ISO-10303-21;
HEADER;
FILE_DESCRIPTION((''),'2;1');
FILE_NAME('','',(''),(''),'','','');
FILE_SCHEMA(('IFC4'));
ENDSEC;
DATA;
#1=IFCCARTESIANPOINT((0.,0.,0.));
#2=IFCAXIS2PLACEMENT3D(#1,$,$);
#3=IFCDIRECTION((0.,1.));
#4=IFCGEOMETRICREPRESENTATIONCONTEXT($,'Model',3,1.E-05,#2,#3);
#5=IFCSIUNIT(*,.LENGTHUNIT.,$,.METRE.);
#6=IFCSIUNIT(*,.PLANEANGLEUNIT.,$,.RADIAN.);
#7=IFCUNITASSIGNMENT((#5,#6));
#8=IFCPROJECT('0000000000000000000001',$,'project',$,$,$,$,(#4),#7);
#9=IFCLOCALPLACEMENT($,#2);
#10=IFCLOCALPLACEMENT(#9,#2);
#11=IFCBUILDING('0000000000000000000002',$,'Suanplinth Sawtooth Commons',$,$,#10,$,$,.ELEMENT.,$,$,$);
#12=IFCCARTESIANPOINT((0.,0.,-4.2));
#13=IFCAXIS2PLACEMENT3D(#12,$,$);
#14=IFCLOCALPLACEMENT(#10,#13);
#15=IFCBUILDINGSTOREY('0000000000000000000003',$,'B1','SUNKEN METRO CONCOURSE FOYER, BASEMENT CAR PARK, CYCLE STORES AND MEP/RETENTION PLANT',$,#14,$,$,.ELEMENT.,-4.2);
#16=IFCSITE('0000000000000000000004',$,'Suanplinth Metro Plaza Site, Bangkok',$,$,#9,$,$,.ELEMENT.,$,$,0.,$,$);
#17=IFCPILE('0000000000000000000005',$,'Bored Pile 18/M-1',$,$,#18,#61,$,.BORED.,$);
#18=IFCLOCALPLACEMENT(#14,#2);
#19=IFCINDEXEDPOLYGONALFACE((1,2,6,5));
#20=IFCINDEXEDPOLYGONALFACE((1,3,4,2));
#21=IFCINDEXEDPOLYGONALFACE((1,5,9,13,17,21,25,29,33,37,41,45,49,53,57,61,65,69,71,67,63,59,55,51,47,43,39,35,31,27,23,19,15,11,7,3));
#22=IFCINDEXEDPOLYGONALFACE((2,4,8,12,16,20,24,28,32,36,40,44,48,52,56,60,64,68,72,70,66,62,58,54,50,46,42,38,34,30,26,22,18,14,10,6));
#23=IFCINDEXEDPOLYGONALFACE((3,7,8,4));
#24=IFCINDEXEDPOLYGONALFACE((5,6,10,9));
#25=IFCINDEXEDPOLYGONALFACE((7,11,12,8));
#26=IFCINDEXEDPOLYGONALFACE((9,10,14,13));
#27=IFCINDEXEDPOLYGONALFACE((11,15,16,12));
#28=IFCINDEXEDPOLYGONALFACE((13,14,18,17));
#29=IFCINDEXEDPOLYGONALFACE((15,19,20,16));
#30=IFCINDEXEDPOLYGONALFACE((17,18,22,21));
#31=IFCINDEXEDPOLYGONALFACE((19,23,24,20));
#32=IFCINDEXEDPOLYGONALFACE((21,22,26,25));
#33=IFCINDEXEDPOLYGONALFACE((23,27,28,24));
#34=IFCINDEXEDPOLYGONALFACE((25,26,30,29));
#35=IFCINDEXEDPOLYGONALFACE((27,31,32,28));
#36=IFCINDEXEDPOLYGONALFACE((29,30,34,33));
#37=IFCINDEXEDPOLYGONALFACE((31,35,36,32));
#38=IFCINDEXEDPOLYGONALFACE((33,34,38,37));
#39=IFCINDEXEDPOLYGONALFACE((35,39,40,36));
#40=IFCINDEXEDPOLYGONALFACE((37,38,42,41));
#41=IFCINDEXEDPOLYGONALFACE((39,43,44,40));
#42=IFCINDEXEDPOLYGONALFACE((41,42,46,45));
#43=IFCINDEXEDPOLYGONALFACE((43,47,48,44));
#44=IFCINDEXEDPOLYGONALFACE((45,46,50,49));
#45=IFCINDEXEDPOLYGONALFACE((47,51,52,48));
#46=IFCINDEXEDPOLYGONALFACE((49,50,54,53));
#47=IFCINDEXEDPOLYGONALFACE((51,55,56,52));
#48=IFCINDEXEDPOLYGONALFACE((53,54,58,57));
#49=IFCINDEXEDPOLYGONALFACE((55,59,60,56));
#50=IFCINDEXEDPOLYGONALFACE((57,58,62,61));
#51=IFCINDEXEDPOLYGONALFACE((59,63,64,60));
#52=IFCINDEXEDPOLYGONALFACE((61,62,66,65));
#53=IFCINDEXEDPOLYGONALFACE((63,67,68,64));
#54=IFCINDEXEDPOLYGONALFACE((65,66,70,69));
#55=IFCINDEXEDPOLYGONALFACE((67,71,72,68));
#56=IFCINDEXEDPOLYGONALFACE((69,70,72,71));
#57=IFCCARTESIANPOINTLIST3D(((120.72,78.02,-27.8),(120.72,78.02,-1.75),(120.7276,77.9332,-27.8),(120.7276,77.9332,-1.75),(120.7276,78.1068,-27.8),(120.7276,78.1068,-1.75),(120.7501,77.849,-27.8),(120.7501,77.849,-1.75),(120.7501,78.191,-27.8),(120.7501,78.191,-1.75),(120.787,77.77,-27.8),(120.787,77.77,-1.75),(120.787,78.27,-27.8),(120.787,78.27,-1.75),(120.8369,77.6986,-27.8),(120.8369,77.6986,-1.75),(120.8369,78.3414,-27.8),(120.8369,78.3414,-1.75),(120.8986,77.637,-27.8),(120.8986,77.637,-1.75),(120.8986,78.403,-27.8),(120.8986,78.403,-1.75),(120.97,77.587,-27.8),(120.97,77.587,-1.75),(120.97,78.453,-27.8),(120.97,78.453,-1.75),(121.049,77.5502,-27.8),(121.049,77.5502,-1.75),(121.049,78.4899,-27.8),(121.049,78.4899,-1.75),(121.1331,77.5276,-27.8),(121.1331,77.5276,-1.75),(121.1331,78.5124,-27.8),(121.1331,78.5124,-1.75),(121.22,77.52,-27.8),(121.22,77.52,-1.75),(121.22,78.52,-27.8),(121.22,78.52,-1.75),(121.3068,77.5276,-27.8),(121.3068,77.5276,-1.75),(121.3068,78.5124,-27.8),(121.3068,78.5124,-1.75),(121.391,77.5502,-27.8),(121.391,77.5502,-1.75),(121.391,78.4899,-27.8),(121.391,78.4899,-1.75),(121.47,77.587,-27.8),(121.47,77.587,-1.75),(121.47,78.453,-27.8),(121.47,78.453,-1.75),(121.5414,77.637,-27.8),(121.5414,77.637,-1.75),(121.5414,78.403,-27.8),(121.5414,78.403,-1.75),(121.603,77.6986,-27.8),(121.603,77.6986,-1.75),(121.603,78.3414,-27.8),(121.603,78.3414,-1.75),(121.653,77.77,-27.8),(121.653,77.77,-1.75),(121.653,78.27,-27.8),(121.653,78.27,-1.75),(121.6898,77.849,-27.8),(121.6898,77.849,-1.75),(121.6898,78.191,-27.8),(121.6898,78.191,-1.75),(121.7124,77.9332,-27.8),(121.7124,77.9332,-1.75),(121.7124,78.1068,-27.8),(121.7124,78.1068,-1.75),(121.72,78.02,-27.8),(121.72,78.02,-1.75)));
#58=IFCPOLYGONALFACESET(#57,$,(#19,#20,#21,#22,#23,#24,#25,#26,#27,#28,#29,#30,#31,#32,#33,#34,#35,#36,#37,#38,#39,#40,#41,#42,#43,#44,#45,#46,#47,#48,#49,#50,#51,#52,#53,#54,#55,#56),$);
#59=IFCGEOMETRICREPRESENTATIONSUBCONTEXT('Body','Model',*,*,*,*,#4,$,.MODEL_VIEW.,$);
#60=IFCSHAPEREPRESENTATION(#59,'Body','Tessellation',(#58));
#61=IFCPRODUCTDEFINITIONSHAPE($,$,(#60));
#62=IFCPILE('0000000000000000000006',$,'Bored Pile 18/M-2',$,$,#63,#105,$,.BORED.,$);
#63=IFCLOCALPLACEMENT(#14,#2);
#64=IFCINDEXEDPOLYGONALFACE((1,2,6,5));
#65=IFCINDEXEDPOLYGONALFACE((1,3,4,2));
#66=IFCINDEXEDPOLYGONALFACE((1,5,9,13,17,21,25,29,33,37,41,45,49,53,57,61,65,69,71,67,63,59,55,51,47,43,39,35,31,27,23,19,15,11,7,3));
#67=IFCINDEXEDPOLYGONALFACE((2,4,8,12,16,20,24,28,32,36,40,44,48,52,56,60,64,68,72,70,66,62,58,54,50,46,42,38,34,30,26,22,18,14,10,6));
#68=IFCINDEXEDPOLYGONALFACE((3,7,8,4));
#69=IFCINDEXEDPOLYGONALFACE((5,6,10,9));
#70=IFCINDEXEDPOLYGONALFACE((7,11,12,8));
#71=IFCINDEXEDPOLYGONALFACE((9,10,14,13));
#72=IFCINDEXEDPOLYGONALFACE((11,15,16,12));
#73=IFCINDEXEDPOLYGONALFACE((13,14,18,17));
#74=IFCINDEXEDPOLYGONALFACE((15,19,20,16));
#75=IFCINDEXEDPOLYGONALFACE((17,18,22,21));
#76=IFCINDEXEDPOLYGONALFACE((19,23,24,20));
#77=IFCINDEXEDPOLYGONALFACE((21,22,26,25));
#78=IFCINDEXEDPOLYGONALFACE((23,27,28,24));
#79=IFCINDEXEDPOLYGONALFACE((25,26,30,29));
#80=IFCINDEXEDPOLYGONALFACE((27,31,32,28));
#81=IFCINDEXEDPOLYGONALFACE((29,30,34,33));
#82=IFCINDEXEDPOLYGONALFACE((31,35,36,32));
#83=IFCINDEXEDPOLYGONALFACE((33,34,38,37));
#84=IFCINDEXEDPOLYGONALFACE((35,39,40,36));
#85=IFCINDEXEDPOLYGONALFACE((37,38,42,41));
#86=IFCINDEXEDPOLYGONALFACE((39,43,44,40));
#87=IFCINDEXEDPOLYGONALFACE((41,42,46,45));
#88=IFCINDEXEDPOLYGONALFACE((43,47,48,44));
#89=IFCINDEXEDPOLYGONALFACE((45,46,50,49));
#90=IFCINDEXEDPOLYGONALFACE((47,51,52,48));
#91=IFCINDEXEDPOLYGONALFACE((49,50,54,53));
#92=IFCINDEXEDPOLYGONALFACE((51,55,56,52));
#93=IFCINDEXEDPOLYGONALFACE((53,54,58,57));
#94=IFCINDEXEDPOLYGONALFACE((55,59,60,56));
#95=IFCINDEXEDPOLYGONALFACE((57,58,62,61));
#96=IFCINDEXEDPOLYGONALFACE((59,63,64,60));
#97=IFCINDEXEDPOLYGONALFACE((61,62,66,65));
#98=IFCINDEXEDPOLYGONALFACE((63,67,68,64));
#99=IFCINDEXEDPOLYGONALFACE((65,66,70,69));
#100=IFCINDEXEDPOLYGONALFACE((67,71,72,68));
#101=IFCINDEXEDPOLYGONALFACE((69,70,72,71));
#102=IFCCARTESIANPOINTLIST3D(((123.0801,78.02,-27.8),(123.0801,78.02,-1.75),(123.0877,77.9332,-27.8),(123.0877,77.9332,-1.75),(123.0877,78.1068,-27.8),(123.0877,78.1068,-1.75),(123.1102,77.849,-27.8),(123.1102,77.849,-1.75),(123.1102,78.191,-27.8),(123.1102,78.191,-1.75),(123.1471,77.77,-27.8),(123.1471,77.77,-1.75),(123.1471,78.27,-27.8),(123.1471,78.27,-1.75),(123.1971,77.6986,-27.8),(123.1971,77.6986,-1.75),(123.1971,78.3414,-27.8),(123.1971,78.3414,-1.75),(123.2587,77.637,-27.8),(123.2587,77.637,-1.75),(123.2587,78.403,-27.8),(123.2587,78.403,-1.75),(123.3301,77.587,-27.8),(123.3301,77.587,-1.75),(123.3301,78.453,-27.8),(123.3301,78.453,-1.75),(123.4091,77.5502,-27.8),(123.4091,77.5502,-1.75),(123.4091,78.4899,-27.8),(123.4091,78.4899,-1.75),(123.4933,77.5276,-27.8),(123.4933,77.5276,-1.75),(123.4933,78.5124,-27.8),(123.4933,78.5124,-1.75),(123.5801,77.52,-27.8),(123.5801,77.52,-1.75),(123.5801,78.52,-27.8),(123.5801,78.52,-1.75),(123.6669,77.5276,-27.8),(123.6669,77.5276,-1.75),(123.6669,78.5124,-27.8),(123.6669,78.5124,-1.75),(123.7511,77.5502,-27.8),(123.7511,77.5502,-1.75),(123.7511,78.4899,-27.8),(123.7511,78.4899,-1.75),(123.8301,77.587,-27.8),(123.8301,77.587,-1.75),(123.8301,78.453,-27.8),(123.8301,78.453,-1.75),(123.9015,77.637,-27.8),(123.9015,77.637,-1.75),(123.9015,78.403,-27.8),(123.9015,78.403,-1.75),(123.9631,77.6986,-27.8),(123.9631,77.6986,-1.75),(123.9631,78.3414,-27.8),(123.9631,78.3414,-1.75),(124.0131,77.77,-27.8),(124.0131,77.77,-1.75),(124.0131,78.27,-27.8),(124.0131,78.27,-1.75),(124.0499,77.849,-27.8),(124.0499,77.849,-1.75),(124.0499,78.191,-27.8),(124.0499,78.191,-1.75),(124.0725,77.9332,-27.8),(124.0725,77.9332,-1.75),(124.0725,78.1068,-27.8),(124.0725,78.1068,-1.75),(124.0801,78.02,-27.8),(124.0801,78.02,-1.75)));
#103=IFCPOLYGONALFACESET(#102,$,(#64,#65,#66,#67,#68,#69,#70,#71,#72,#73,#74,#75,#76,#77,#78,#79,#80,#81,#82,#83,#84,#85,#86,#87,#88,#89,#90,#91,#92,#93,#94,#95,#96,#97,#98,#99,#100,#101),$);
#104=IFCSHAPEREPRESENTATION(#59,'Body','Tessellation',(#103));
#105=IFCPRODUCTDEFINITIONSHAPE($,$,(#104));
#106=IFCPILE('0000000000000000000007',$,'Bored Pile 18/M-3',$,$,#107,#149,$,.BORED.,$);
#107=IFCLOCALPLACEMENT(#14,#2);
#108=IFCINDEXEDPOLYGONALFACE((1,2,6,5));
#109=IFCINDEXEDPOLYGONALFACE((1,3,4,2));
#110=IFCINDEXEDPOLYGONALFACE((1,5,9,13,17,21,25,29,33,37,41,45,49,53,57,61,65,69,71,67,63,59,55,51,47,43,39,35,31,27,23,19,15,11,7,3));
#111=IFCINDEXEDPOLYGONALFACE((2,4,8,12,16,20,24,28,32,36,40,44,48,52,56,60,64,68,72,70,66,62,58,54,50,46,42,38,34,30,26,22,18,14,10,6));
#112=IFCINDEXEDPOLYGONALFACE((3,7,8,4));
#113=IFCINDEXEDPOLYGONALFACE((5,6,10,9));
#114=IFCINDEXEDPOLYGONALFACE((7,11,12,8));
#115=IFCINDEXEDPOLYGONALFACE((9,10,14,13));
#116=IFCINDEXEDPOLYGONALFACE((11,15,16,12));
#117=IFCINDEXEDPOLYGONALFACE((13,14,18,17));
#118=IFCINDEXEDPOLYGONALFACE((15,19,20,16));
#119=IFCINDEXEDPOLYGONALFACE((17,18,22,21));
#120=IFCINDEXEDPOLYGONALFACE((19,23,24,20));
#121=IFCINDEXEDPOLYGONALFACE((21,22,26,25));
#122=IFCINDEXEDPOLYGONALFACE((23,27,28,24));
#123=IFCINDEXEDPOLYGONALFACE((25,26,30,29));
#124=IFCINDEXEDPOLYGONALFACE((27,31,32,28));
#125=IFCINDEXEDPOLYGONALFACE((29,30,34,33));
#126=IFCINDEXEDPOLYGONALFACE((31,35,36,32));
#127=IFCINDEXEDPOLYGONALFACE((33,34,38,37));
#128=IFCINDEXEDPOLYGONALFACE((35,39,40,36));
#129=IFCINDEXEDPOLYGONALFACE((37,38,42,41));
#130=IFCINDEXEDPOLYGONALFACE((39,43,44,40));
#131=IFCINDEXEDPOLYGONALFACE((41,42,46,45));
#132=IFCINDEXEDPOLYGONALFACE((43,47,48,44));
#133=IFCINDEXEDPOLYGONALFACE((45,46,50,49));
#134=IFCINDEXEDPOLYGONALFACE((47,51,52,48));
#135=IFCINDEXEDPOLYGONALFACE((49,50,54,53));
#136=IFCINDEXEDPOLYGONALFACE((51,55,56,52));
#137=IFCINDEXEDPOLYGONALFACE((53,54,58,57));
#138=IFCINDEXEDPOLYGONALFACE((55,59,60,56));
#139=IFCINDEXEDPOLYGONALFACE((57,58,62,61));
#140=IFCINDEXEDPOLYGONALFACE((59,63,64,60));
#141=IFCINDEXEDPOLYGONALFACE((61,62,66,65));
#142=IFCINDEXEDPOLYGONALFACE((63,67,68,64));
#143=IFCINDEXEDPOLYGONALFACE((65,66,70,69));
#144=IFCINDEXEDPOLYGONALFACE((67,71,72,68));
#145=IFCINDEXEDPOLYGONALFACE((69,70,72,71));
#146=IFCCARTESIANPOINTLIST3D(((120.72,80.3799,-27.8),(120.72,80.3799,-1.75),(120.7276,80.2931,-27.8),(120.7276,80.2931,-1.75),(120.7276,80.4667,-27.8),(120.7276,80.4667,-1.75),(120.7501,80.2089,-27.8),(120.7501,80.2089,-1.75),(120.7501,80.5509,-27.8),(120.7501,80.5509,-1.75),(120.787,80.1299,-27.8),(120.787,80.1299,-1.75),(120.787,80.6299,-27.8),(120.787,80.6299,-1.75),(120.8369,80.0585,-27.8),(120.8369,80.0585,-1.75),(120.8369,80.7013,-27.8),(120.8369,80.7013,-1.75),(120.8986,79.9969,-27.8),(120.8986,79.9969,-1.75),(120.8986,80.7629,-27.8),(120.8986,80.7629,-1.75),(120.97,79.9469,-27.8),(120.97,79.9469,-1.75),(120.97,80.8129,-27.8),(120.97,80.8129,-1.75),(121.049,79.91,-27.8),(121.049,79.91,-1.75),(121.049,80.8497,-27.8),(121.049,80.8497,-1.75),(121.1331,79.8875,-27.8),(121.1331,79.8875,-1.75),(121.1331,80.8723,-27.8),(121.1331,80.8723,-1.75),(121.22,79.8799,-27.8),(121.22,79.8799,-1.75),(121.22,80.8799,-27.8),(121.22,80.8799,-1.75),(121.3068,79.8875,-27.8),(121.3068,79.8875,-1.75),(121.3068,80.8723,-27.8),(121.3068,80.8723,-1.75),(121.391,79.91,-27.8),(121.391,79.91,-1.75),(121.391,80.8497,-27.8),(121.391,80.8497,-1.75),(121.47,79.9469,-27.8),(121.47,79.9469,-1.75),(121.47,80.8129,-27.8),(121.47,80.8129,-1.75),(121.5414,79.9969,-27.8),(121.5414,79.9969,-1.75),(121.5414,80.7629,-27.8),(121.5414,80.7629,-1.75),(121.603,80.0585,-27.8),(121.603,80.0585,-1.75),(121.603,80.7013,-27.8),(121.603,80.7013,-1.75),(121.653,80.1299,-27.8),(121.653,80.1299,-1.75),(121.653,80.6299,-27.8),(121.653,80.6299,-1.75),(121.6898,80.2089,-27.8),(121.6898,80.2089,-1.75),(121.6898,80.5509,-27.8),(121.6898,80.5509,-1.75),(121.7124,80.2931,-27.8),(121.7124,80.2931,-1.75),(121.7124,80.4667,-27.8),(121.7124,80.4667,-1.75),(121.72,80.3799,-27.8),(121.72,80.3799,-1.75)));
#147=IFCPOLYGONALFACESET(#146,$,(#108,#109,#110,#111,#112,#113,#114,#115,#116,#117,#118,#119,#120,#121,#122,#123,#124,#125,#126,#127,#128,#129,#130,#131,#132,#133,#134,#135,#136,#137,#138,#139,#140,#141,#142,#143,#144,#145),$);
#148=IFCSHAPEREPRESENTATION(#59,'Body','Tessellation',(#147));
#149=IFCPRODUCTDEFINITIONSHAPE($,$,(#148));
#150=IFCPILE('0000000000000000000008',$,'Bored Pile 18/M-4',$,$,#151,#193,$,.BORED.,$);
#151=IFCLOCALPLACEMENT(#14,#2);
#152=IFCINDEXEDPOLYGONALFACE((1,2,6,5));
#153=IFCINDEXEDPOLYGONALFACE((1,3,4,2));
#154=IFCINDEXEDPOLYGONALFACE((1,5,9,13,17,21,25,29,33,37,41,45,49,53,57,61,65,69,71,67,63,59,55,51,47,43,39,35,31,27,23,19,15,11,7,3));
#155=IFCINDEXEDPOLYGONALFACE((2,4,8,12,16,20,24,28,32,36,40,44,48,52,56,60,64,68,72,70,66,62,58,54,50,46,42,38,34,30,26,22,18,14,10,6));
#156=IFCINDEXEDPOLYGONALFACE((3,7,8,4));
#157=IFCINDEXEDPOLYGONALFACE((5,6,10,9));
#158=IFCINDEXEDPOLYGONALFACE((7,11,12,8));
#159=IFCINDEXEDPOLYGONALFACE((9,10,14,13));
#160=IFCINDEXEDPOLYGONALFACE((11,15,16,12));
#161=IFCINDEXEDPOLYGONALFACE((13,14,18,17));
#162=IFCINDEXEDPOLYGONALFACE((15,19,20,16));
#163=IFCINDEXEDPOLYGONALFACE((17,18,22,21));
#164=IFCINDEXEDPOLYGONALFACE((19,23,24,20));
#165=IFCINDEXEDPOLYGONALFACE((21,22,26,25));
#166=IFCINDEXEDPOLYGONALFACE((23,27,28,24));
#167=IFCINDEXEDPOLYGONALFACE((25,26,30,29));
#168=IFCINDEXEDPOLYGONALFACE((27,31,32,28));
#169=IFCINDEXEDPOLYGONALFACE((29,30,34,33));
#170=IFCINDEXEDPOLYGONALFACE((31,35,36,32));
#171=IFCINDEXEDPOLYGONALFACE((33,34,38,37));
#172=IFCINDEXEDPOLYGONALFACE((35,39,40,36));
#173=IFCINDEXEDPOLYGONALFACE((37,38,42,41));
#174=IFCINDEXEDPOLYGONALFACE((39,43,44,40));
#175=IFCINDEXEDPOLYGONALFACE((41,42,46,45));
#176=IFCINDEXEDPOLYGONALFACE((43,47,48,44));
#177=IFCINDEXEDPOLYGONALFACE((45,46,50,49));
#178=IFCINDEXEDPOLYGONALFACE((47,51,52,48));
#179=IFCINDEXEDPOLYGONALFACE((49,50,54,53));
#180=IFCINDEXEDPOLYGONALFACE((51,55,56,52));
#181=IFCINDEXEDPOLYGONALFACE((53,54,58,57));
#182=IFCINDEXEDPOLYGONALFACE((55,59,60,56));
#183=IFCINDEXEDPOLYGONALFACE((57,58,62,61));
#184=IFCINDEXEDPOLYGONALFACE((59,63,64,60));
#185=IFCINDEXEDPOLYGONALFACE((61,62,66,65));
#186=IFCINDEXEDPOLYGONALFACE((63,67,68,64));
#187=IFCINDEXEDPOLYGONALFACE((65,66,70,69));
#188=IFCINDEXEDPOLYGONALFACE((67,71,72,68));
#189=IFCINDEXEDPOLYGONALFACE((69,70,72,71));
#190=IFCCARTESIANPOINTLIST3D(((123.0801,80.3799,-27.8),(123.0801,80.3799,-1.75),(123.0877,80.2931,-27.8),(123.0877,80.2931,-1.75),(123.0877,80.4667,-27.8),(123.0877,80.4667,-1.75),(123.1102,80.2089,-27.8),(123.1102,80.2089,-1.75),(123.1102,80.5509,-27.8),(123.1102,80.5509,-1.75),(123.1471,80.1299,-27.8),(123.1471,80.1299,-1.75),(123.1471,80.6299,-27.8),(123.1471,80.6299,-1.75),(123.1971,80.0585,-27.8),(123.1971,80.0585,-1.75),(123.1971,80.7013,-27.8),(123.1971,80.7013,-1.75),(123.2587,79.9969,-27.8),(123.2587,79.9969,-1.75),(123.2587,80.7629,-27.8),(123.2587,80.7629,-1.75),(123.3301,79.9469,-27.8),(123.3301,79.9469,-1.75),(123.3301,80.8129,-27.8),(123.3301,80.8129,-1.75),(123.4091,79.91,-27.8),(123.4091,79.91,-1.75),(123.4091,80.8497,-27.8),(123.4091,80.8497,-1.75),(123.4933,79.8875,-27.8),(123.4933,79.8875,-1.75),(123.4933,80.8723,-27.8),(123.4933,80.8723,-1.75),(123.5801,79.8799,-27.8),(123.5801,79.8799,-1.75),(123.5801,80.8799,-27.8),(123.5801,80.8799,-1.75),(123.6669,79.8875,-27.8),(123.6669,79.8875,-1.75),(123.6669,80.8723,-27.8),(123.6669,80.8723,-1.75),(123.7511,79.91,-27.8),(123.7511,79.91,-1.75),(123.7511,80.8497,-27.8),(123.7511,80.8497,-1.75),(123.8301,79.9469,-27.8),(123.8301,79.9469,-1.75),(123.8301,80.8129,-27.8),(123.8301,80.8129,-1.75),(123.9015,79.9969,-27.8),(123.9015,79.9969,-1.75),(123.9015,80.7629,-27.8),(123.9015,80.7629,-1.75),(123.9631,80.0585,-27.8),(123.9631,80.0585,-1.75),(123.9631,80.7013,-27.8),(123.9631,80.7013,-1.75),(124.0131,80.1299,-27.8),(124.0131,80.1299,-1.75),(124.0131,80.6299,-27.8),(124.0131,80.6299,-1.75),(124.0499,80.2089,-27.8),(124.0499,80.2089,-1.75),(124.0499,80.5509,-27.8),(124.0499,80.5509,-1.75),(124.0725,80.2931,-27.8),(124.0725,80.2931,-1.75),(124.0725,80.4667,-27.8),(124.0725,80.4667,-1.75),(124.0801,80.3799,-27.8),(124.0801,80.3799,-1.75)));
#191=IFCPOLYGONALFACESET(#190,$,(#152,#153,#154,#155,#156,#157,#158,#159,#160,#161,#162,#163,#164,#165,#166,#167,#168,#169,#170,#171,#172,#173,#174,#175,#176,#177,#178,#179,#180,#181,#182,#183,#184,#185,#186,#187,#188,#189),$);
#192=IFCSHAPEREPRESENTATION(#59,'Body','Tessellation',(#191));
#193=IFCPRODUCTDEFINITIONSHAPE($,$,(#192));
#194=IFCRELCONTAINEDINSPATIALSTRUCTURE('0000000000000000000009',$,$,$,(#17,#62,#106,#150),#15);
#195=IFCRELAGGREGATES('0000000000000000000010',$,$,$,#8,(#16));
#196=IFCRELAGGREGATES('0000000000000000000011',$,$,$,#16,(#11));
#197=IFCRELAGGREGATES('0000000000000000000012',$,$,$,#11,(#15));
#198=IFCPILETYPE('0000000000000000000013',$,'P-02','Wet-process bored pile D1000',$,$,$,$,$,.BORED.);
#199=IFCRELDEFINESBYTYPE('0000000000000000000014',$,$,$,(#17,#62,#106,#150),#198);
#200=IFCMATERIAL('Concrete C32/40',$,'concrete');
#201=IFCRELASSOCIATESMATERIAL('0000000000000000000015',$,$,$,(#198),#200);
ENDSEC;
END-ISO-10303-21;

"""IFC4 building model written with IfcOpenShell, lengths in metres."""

from ifc_helpers import new_model, si_unit, direction, frame, origin, origin_2d, place, context, subcontext, project, spatial, circle, extrude, material, material_profile, profile_set, type_object, element, save


model = new_model("IFC4")

# Units and contexts
model_context = context("Model", 3, precision=1e-05, world=origin(), true_north=direction((0.0, 1.0)))
body_context = subcontext(model_context, "Body", "Model", "MODEL_VIEW")
ifc_project = project(units=[si_unit("LENGTHUNIT", "METRE"), si_unit("PLANEANGLEUNIT", "RADIAN")], contexts=[model_context])

# Site, building, storey
site_placement = place(None, origin())
site = spatial("IfcSite", under=ifc_project, at=site_placement, Name="Suanplinth Metro Plaza Site, Bangkok", CompositionType="ELEMENT", RefElevation=0.0)
building_placement = place(site_placement, origin())
building = spatial("IfcBuilding", under=site, at=building_placement, Name="Suanplinth Sawtooth Commons", CompositionType="ELEMENT")
storey_placement = place(building_placement, frame((0.0, 0.0, -4.2)))
storey = spatial("IfcBuildingStorey", under=building, at=storey_placement, Name="B1", Description="SUNKEN METRO CONCOURSE FOYER, BASEMENT CAR PARK, CYCLE STORES AND MEP/RETENTION PLANT", CompositionType="ELEMENT", Elevation=-4.2)

# Piles
ifc_material_1 = material(Name="Concrete C32/40", Category="concrete")
ifc_material_profile_1 = material_profile(ifc_material_1, circle(Radius=0.5, at=origin_2d()), Name="PILE D1000")
ifc_profile_set_1 = profile_set([ifc_material_profile_1], Name="Concrete C32/40")
pile_type_1 = type_object("IfcPileType", Name="P-02", Description="Wet-process bored pile D1000", PredefinedType="BORED", material=ifc_profile_set_1)
for number, where, z_axis, x_axis, name in (
    (1, (121.22, 78.02, -1.75), (0.0, 0.0, -1.0), (1.0, 0.0, 0.0), "Bored Pile 18/M-1"),
    (2, (123.5801, 78.02, -1.75), (0.0, 0.0, -1.0), (1.0, 0.0, 0.0), "Bored Pile 18/M-2"),
    (3, (121.22, 80.3799, -1.75), (0.0, 0.0, -1.0), (1.0, 0.0, 0.0), "Bored Pile 18/M-3"),
    (4, (123.5801, 80.3799, -1.75), (0.0, 0.0, -1.0), (1.0, 0.0, 0.0), "Bored Pile 18/M-4"),
):
    element("IfcPile", number, at=place(storey_placement, frame(where, z_axis=z_axis, x_axis=x_axis)), inside=storey, type_object=pile_type_1, Name=name, PredefinedType="BORED", context=body_context, shape_type="SweptSolid", body=[
        extrude(circle(Radius=0.5, at=origin_2d()), origin(), (0.0, 0.0, 1.0), 26.05),
    ])

save(model, "model.ifc")
